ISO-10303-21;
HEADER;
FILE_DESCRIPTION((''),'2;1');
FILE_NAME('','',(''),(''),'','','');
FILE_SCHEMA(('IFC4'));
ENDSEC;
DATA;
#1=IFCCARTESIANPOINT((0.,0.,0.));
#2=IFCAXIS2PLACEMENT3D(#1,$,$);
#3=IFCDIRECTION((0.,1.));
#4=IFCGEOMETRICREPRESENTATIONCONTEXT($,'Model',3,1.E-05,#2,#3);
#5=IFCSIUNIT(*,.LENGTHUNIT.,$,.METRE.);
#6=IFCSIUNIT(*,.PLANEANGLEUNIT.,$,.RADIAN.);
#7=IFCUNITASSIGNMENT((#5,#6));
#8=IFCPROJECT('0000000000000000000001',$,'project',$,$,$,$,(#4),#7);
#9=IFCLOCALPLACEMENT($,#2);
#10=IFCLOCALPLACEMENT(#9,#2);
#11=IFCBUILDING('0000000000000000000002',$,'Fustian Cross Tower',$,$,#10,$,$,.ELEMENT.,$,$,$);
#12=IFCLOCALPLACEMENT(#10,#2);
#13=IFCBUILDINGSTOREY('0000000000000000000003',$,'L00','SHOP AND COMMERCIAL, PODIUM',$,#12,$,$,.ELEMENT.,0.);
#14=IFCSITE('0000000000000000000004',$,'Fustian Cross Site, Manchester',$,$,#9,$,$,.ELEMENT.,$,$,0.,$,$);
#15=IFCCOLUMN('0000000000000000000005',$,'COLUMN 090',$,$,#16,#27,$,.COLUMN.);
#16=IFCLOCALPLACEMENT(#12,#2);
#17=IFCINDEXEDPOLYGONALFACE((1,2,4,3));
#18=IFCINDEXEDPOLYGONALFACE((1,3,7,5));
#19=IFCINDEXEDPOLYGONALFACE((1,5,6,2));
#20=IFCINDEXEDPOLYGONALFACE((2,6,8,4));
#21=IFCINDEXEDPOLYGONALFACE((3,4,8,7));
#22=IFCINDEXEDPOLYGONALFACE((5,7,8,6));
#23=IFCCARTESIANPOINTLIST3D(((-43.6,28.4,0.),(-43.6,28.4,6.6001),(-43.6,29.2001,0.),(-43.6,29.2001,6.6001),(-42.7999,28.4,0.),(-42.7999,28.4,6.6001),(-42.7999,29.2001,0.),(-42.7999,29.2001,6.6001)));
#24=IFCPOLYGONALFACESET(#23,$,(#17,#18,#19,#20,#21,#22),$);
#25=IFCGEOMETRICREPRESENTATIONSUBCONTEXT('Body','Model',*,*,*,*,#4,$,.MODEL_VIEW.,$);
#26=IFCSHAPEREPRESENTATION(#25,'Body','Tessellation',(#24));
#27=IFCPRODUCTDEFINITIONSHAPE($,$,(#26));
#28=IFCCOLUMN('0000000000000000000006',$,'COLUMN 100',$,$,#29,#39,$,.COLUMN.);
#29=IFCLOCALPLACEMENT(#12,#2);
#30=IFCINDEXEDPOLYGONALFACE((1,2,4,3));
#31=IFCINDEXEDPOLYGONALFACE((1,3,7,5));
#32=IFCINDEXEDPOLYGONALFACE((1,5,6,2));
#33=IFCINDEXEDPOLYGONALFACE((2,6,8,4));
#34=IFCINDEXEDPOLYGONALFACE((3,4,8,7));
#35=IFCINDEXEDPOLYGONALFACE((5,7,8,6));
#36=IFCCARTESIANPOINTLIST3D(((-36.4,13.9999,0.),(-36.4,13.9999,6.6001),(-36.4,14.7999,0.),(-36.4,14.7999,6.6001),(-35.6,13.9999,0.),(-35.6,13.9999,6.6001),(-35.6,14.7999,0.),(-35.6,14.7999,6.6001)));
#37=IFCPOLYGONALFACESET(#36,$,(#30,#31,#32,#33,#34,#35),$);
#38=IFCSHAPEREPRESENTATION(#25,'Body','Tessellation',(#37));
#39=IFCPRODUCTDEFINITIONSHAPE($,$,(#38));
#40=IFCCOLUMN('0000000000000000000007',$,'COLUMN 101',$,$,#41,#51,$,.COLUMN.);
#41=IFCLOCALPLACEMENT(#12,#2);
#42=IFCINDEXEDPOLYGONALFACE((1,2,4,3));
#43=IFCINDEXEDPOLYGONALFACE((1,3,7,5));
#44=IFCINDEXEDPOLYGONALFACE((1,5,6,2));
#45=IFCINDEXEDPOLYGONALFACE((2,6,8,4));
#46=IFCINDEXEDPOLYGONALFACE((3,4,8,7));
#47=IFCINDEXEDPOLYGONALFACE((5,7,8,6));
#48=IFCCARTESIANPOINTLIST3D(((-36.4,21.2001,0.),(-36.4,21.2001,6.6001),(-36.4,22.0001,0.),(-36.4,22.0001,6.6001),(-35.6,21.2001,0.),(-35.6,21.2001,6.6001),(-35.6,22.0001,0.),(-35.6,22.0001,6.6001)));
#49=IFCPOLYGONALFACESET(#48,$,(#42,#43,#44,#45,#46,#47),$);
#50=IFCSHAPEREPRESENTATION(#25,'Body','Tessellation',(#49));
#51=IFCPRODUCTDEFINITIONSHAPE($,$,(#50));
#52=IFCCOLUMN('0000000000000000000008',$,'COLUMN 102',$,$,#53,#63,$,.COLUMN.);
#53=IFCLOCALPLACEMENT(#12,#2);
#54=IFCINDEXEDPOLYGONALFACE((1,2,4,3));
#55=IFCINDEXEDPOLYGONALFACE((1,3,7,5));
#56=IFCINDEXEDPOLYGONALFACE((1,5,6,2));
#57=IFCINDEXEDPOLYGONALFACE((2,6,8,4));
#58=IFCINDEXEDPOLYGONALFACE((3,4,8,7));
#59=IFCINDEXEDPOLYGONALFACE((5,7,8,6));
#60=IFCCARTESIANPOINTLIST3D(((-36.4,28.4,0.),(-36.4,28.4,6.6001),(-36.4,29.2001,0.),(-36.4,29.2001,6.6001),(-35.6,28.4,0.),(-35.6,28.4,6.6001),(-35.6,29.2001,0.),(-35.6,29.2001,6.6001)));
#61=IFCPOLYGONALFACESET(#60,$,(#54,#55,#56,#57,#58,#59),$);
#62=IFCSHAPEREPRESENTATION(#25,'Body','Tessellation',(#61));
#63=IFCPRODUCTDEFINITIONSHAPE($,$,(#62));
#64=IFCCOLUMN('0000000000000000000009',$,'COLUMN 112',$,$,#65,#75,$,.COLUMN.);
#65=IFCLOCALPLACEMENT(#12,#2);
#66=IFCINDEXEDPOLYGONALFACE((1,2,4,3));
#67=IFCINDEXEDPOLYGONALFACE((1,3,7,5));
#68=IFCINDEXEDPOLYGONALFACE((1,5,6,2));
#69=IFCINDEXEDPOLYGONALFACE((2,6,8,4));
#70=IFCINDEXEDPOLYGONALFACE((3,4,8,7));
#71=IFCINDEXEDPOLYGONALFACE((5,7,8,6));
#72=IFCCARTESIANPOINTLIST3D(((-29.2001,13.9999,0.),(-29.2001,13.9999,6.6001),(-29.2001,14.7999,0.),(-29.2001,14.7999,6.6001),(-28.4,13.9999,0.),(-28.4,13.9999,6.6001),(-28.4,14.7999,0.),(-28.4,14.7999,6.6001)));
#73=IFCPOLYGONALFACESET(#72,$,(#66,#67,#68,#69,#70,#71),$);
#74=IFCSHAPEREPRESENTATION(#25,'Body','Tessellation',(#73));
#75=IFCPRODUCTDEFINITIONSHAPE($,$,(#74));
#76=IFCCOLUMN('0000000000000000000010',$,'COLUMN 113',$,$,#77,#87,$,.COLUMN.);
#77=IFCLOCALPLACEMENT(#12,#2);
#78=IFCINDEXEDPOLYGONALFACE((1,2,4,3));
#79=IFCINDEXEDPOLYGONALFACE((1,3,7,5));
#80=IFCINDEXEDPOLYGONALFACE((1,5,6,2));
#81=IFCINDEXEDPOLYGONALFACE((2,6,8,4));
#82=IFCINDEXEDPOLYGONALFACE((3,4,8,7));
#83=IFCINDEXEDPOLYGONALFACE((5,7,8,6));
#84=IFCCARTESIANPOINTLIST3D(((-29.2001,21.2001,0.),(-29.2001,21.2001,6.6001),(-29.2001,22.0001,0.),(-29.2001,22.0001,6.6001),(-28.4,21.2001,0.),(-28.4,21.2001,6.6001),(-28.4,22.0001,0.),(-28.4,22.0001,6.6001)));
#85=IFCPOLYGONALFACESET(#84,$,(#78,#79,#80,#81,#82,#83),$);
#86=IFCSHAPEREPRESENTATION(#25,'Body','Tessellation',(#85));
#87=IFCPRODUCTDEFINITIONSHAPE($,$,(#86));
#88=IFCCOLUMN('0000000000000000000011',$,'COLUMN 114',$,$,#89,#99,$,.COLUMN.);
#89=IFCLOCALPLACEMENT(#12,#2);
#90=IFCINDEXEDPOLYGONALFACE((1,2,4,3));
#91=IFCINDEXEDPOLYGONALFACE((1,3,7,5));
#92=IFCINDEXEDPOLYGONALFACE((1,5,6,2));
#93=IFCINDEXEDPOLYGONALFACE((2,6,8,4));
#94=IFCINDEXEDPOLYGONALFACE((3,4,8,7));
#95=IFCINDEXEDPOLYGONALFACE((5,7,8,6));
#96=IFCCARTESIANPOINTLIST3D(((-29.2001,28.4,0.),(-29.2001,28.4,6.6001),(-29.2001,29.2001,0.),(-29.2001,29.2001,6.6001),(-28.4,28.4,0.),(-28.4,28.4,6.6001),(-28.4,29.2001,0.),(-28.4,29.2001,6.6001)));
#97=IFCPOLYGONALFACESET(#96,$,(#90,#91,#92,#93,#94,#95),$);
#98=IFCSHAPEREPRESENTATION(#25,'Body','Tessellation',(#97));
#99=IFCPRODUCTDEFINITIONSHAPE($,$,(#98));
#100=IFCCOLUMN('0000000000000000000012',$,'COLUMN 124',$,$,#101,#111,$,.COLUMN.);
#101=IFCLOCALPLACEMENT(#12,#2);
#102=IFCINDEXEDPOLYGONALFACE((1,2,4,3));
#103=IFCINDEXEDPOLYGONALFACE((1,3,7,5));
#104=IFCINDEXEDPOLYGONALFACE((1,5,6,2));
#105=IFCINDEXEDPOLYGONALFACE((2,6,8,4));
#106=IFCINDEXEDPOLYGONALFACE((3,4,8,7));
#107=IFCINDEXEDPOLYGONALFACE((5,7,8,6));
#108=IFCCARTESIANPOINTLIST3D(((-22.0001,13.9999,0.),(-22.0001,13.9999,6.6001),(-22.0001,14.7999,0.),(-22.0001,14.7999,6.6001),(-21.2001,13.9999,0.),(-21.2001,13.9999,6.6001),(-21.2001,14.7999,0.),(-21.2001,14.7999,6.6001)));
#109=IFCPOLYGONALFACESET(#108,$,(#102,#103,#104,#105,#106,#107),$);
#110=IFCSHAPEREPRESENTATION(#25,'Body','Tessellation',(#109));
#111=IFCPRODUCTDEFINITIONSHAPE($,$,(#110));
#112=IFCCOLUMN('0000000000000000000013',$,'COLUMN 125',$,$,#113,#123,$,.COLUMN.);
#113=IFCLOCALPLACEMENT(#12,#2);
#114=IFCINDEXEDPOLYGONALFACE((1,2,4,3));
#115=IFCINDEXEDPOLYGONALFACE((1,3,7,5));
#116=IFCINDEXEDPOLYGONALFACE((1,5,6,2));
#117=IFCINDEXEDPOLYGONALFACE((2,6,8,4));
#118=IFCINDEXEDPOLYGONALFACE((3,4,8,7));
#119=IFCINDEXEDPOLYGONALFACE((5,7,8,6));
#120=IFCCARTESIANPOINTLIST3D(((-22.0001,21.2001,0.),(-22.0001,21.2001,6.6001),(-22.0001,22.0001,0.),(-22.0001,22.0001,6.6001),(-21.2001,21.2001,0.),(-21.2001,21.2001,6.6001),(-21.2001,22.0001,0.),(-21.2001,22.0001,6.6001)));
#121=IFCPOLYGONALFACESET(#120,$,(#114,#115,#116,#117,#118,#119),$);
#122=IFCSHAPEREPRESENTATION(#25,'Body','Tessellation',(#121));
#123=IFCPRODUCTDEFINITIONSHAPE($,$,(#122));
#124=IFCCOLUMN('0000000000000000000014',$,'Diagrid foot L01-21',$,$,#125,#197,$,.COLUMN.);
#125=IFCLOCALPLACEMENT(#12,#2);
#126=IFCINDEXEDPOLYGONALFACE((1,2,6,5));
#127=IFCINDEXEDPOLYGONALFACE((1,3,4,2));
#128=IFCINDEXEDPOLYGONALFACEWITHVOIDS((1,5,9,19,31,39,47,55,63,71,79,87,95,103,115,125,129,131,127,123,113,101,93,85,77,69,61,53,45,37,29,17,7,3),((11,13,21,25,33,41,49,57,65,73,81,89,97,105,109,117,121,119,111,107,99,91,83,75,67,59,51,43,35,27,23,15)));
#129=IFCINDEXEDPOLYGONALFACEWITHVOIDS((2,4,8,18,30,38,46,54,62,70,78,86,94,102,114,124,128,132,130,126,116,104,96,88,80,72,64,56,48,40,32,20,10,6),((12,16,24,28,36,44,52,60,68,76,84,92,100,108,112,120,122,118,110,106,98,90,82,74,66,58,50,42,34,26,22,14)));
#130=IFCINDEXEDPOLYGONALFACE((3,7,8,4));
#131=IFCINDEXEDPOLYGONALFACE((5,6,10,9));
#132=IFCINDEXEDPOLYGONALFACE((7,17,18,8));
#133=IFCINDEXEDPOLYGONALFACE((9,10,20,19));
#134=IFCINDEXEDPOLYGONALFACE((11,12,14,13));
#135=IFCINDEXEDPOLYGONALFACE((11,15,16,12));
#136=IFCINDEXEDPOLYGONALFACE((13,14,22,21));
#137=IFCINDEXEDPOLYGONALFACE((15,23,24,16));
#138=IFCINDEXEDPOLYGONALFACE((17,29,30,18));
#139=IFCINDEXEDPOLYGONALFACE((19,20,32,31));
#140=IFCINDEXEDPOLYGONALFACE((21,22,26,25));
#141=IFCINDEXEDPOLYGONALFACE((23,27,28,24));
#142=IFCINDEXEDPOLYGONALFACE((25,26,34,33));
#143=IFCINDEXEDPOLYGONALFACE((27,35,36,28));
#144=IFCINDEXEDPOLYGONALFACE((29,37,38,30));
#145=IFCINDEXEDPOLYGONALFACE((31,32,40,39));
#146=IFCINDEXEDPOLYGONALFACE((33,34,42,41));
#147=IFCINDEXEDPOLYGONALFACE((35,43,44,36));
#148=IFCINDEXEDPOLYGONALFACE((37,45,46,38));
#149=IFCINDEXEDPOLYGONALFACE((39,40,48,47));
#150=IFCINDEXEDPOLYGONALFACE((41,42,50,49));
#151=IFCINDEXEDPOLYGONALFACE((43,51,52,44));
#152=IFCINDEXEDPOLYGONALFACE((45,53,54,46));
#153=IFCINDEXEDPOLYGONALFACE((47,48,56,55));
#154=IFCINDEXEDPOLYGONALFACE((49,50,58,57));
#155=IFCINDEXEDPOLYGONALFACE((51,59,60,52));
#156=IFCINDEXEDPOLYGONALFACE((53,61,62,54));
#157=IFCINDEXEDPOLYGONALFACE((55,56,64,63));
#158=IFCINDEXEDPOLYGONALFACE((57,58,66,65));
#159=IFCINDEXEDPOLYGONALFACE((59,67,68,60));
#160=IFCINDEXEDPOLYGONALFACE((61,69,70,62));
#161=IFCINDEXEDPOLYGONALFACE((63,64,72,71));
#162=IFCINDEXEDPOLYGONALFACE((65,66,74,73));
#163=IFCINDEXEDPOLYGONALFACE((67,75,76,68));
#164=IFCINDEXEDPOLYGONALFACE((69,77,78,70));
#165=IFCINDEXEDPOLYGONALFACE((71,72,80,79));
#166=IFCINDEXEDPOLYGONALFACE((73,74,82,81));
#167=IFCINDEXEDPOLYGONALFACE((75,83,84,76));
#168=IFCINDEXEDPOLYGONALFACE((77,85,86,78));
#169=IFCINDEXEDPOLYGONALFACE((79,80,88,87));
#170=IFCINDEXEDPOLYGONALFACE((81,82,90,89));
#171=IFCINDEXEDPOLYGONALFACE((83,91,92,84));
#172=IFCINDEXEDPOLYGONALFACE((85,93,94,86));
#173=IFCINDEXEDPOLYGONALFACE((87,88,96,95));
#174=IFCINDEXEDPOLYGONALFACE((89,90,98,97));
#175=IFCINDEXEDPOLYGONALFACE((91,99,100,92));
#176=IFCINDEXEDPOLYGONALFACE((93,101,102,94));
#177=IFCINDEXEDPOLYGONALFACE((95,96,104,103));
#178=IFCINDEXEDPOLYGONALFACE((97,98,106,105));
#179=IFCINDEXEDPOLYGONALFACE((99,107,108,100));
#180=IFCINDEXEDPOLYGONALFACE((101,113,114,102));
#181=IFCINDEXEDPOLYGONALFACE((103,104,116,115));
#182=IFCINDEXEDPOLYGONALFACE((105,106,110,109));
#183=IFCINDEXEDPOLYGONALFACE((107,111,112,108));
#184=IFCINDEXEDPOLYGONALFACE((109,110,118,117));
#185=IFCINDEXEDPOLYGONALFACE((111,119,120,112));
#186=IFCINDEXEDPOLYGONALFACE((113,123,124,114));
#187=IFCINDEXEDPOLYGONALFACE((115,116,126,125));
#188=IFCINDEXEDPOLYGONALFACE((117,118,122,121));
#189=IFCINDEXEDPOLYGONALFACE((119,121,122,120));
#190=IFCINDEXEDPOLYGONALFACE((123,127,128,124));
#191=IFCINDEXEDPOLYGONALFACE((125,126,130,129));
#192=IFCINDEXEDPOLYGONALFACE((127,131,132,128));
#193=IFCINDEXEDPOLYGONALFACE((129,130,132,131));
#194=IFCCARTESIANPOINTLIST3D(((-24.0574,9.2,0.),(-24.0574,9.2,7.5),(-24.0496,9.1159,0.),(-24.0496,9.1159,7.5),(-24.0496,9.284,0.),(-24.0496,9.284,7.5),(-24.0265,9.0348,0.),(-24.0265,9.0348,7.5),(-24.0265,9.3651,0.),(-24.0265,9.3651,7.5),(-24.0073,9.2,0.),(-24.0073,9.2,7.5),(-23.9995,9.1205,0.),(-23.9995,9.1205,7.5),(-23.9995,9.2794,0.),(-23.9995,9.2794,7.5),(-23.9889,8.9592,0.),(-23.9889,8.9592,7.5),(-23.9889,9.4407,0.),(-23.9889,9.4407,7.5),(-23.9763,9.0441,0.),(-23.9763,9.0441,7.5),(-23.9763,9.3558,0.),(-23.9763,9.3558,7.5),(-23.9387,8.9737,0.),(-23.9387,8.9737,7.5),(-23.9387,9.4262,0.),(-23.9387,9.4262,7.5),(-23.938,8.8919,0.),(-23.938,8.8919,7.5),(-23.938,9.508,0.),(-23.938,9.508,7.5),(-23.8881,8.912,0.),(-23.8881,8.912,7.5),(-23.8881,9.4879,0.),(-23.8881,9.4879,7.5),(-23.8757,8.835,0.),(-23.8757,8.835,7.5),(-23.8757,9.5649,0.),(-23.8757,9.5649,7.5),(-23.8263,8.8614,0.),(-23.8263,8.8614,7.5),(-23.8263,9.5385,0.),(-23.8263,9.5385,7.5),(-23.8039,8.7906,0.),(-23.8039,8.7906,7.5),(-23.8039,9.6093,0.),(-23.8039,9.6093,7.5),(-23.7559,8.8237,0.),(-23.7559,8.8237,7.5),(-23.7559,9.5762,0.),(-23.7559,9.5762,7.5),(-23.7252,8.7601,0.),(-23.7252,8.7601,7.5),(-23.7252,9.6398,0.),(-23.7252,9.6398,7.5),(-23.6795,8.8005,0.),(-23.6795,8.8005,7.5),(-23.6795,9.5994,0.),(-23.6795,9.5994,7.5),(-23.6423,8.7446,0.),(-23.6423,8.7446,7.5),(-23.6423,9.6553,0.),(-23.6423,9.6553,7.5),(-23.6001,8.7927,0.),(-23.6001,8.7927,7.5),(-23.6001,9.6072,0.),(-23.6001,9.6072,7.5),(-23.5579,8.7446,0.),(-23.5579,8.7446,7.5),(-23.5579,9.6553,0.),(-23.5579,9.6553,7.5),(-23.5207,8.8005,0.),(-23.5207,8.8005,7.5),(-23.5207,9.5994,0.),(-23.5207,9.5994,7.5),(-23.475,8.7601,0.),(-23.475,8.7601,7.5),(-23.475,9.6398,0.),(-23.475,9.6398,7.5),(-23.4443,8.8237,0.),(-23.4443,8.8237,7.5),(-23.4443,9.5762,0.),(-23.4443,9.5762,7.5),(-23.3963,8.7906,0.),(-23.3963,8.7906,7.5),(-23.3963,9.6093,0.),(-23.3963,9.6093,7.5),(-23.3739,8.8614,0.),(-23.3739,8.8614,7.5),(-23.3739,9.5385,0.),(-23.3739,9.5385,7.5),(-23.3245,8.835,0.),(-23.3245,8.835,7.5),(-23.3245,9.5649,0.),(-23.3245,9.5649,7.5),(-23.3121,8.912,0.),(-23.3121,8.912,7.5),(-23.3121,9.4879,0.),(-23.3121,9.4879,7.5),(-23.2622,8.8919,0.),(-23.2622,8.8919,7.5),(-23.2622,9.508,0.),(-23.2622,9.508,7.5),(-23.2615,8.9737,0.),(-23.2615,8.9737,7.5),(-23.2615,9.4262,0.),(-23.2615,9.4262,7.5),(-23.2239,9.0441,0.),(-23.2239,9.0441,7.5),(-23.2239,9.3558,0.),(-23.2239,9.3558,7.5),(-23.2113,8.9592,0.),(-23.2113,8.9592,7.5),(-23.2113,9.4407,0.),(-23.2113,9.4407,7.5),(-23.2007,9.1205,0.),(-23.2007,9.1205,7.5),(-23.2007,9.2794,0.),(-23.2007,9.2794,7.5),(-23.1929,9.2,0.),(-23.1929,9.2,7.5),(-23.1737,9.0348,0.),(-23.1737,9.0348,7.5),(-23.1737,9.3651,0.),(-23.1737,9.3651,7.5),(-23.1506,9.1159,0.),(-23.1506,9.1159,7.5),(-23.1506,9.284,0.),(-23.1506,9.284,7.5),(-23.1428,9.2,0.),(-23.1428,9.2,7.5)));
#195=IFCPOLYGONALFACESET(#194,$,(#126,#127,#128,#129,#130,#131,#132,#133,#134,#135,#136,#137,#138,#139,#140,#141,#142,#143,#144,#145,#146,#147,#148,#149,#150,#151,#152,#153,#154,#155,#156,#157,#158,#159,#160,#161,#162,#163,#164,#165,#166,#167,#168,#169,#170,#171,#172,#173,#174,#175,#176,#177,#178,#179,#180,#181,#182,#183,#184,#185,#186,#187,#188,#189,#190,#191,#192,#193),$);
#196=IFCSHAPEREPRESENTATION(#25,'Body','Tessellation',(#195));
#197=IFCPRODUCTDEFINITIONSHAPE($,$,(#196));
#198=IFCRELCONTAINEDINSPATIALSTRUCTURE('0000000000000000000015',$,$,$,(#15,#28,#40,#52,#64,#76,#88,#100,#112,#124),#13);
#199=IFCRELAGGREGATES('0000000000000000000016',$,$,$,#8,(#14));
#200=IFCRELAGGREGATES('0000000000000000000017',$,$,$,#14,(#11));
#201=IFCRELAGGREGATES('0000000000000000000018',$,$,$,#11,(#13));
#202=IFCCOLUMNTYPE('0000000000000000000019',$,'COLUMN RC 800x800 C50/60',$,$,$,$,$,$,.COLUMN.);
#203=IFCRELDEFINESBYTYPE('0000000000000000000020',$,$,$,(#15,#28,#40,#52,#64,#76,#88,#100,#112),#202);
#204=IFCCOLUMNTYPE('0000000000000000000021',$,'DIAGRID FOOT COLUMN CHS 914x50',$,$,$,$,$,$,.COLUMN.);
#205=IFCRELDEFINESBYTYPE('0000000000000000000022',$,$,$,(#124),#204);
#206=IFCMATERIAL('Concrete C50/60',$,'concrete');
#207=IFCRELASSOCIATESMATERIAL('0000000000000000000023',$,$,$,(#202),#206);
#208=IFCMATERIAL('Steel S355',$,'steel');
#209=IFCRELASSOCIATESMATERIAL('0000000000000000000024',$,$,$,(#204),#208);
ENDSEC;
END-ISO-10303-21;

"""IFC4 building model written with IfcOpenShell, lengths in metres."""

from ifc_helpers import new_model, si_unit, direction, frame, origin, origin_2d, place, context, subcontext, project, spatial, rectangle, hollow_circle, extrude, material, material_profile, profile_set, type_object, element, save


model = new_model("IFC4")

# Units and contexts
model_context = context("Model", 3, precision=1e-05, world=origin(), true_north=direction((0.0, 1.0)))
body_context = subcontext(model_context, "Body", "Model", "MODEL_VIEW")
ifc_project = project(units=[si_unit("LENGTHUNIT", "METRE"), si_unit("PLANEANGLEUNIT", "RADIAN")], contexts=[model_context])

# Site, building, storey
site_placement = place(None, origin())
site = spatial("IfcSite", under=ifc_project, at=site_placement, Name="Fustian Cross Site, Manchester", CompositionType="ELEMENT", RefElevation=0.0)
building_placement = place(site_placement, origin())
building = spatial("IfcBuilding", under=site, at=building_placement, Name="Fustian Cross Tower", CompositionType="ELEMENT")
storey_placement = place(building_placement, origin())
storey = spatial("IfcBuildingStorey", under=building, at=storey_placement, Name="L00", Description="SHOP AND COMMERCIAL, PODIUM", CompositionType="ELEMENT", Elevation=0.0)

# Columns
ifc_material_1 = material(Name="Concrete C50/60", Category="concrete")
ifc_material_profile_1 = material_profile(ifc_material_1, rectangle(XDim=0.8, YDim=0.8, at=origin_2d()), Name="RC 800x800")
ifc_profile_set_1 = profile_set([ifc_material_profile_1], Name="Concrete C50/60")
column_type_1 = type_object("IfcColumnType", Name="COLUMN RC 800x800 C50/60", PredefinedType="COLUMN", material=ifc_profile_set_1)
for number, where, z_axis, x_axis, name in (
    (1, (-43.2, 28.8, 0.0), (0.0, 0.0, 1.0), (1.0, 0.0, 0.0), "COLUMN 090"),
    (2, (-36.0, 14.3999, 0.0), (0.0, 0.0, 1.0), (1.0, 0.0, 0.0), "COLUMN 100"),
    (3, (-36.0, 21.6001, 0.0), (0.0, 0.0, 1.0), (1.0, 0.0, 0.0), "COLUMN 101"),
    (4, (-36.0, 28.8, 0.0), (0.0, 0.0, 1.0), (1.0, 0.0, 0.0), "COLUMN 102"),
    (5, (-28.8, 14.3999, 0.0), (0.0, 0.0, 1.0), (1.0, 0.0, 0.0), "COLUMN 112"),
    (6, (-28.8, 21.6001, 0.0), (0.0, 0.0, 1.0), (1.0, 0.0, 0.0), "COLUMN 113"),
    (7, (-28.8, 28.8, 0.0), (0.0, 0.0, 1.0), (1.0, 0.0, 0.0), "COLUMN 114"),
    (8, (-21.6001, 14.3999, 0.0), (0.0, 0.0, 1.0), (1.0, 0.0, 0.0), "COLUMN 124"),
    (9, (-21.6001, 21.6001, 0.0), (0.0, 0.0, 1.0), (1.0, 0.0, 0.0), "COLUMN 125"),
):
    element("IfcColumn", number, at=place(storey_placement, frame(where, z_axis=z_axis, x_axis=x_axis)), inside=storey, type_object=column_type_1, Name=name, PredefinedType="COLUMN", context=body_context, shape_type="SweptSolid", body=[
        extrude(rectangle(XDim=0.8, YDim=0.8, at=origin_2d()), origin(), (0.0, 0.0, 1.0), 6.6001),
    ])
ifc_material_2 = material(Name="Steel S355", Category="steel")
ifc_material_profile_2 = material_profile(ifc_material_2, hollow_circle(Radius=0.4573, WallThickness=0.05, at=origin_2d()), Name="CHS 914x50")
ifc_profile_set_2 = profile_set([ifc_material_profile_2], Name="Steel S355")
column_type_2 = type_object("IfcColumnType", Name="DIAGRID FOOT COLUMN CHS 914x50", PredefinedType="COLUMN", material=ifc_profile_set_2)
column_placement = place(storey_placement, frame((-23.6001, 9.2, 0.0), z_axis=(0.0, 0.0, 1.0), x_axis=(1.0, 0.0, 0.0)))
element("IfcColumn", 10, at=column_placement, inside=storey, type_object=column_type_2, Name="Diagrid foot L01-21", PredefinedType="COLUMN", context=body_context, shape_type="SweptSolid", body=[
    extrude(hollow_circle(Radius=0.4573, WallThickness=0.05, at=origin_2d()), origin(), (0.0, 0.0, 1.0), 7.5),
])

save(model, "model.ifc")
